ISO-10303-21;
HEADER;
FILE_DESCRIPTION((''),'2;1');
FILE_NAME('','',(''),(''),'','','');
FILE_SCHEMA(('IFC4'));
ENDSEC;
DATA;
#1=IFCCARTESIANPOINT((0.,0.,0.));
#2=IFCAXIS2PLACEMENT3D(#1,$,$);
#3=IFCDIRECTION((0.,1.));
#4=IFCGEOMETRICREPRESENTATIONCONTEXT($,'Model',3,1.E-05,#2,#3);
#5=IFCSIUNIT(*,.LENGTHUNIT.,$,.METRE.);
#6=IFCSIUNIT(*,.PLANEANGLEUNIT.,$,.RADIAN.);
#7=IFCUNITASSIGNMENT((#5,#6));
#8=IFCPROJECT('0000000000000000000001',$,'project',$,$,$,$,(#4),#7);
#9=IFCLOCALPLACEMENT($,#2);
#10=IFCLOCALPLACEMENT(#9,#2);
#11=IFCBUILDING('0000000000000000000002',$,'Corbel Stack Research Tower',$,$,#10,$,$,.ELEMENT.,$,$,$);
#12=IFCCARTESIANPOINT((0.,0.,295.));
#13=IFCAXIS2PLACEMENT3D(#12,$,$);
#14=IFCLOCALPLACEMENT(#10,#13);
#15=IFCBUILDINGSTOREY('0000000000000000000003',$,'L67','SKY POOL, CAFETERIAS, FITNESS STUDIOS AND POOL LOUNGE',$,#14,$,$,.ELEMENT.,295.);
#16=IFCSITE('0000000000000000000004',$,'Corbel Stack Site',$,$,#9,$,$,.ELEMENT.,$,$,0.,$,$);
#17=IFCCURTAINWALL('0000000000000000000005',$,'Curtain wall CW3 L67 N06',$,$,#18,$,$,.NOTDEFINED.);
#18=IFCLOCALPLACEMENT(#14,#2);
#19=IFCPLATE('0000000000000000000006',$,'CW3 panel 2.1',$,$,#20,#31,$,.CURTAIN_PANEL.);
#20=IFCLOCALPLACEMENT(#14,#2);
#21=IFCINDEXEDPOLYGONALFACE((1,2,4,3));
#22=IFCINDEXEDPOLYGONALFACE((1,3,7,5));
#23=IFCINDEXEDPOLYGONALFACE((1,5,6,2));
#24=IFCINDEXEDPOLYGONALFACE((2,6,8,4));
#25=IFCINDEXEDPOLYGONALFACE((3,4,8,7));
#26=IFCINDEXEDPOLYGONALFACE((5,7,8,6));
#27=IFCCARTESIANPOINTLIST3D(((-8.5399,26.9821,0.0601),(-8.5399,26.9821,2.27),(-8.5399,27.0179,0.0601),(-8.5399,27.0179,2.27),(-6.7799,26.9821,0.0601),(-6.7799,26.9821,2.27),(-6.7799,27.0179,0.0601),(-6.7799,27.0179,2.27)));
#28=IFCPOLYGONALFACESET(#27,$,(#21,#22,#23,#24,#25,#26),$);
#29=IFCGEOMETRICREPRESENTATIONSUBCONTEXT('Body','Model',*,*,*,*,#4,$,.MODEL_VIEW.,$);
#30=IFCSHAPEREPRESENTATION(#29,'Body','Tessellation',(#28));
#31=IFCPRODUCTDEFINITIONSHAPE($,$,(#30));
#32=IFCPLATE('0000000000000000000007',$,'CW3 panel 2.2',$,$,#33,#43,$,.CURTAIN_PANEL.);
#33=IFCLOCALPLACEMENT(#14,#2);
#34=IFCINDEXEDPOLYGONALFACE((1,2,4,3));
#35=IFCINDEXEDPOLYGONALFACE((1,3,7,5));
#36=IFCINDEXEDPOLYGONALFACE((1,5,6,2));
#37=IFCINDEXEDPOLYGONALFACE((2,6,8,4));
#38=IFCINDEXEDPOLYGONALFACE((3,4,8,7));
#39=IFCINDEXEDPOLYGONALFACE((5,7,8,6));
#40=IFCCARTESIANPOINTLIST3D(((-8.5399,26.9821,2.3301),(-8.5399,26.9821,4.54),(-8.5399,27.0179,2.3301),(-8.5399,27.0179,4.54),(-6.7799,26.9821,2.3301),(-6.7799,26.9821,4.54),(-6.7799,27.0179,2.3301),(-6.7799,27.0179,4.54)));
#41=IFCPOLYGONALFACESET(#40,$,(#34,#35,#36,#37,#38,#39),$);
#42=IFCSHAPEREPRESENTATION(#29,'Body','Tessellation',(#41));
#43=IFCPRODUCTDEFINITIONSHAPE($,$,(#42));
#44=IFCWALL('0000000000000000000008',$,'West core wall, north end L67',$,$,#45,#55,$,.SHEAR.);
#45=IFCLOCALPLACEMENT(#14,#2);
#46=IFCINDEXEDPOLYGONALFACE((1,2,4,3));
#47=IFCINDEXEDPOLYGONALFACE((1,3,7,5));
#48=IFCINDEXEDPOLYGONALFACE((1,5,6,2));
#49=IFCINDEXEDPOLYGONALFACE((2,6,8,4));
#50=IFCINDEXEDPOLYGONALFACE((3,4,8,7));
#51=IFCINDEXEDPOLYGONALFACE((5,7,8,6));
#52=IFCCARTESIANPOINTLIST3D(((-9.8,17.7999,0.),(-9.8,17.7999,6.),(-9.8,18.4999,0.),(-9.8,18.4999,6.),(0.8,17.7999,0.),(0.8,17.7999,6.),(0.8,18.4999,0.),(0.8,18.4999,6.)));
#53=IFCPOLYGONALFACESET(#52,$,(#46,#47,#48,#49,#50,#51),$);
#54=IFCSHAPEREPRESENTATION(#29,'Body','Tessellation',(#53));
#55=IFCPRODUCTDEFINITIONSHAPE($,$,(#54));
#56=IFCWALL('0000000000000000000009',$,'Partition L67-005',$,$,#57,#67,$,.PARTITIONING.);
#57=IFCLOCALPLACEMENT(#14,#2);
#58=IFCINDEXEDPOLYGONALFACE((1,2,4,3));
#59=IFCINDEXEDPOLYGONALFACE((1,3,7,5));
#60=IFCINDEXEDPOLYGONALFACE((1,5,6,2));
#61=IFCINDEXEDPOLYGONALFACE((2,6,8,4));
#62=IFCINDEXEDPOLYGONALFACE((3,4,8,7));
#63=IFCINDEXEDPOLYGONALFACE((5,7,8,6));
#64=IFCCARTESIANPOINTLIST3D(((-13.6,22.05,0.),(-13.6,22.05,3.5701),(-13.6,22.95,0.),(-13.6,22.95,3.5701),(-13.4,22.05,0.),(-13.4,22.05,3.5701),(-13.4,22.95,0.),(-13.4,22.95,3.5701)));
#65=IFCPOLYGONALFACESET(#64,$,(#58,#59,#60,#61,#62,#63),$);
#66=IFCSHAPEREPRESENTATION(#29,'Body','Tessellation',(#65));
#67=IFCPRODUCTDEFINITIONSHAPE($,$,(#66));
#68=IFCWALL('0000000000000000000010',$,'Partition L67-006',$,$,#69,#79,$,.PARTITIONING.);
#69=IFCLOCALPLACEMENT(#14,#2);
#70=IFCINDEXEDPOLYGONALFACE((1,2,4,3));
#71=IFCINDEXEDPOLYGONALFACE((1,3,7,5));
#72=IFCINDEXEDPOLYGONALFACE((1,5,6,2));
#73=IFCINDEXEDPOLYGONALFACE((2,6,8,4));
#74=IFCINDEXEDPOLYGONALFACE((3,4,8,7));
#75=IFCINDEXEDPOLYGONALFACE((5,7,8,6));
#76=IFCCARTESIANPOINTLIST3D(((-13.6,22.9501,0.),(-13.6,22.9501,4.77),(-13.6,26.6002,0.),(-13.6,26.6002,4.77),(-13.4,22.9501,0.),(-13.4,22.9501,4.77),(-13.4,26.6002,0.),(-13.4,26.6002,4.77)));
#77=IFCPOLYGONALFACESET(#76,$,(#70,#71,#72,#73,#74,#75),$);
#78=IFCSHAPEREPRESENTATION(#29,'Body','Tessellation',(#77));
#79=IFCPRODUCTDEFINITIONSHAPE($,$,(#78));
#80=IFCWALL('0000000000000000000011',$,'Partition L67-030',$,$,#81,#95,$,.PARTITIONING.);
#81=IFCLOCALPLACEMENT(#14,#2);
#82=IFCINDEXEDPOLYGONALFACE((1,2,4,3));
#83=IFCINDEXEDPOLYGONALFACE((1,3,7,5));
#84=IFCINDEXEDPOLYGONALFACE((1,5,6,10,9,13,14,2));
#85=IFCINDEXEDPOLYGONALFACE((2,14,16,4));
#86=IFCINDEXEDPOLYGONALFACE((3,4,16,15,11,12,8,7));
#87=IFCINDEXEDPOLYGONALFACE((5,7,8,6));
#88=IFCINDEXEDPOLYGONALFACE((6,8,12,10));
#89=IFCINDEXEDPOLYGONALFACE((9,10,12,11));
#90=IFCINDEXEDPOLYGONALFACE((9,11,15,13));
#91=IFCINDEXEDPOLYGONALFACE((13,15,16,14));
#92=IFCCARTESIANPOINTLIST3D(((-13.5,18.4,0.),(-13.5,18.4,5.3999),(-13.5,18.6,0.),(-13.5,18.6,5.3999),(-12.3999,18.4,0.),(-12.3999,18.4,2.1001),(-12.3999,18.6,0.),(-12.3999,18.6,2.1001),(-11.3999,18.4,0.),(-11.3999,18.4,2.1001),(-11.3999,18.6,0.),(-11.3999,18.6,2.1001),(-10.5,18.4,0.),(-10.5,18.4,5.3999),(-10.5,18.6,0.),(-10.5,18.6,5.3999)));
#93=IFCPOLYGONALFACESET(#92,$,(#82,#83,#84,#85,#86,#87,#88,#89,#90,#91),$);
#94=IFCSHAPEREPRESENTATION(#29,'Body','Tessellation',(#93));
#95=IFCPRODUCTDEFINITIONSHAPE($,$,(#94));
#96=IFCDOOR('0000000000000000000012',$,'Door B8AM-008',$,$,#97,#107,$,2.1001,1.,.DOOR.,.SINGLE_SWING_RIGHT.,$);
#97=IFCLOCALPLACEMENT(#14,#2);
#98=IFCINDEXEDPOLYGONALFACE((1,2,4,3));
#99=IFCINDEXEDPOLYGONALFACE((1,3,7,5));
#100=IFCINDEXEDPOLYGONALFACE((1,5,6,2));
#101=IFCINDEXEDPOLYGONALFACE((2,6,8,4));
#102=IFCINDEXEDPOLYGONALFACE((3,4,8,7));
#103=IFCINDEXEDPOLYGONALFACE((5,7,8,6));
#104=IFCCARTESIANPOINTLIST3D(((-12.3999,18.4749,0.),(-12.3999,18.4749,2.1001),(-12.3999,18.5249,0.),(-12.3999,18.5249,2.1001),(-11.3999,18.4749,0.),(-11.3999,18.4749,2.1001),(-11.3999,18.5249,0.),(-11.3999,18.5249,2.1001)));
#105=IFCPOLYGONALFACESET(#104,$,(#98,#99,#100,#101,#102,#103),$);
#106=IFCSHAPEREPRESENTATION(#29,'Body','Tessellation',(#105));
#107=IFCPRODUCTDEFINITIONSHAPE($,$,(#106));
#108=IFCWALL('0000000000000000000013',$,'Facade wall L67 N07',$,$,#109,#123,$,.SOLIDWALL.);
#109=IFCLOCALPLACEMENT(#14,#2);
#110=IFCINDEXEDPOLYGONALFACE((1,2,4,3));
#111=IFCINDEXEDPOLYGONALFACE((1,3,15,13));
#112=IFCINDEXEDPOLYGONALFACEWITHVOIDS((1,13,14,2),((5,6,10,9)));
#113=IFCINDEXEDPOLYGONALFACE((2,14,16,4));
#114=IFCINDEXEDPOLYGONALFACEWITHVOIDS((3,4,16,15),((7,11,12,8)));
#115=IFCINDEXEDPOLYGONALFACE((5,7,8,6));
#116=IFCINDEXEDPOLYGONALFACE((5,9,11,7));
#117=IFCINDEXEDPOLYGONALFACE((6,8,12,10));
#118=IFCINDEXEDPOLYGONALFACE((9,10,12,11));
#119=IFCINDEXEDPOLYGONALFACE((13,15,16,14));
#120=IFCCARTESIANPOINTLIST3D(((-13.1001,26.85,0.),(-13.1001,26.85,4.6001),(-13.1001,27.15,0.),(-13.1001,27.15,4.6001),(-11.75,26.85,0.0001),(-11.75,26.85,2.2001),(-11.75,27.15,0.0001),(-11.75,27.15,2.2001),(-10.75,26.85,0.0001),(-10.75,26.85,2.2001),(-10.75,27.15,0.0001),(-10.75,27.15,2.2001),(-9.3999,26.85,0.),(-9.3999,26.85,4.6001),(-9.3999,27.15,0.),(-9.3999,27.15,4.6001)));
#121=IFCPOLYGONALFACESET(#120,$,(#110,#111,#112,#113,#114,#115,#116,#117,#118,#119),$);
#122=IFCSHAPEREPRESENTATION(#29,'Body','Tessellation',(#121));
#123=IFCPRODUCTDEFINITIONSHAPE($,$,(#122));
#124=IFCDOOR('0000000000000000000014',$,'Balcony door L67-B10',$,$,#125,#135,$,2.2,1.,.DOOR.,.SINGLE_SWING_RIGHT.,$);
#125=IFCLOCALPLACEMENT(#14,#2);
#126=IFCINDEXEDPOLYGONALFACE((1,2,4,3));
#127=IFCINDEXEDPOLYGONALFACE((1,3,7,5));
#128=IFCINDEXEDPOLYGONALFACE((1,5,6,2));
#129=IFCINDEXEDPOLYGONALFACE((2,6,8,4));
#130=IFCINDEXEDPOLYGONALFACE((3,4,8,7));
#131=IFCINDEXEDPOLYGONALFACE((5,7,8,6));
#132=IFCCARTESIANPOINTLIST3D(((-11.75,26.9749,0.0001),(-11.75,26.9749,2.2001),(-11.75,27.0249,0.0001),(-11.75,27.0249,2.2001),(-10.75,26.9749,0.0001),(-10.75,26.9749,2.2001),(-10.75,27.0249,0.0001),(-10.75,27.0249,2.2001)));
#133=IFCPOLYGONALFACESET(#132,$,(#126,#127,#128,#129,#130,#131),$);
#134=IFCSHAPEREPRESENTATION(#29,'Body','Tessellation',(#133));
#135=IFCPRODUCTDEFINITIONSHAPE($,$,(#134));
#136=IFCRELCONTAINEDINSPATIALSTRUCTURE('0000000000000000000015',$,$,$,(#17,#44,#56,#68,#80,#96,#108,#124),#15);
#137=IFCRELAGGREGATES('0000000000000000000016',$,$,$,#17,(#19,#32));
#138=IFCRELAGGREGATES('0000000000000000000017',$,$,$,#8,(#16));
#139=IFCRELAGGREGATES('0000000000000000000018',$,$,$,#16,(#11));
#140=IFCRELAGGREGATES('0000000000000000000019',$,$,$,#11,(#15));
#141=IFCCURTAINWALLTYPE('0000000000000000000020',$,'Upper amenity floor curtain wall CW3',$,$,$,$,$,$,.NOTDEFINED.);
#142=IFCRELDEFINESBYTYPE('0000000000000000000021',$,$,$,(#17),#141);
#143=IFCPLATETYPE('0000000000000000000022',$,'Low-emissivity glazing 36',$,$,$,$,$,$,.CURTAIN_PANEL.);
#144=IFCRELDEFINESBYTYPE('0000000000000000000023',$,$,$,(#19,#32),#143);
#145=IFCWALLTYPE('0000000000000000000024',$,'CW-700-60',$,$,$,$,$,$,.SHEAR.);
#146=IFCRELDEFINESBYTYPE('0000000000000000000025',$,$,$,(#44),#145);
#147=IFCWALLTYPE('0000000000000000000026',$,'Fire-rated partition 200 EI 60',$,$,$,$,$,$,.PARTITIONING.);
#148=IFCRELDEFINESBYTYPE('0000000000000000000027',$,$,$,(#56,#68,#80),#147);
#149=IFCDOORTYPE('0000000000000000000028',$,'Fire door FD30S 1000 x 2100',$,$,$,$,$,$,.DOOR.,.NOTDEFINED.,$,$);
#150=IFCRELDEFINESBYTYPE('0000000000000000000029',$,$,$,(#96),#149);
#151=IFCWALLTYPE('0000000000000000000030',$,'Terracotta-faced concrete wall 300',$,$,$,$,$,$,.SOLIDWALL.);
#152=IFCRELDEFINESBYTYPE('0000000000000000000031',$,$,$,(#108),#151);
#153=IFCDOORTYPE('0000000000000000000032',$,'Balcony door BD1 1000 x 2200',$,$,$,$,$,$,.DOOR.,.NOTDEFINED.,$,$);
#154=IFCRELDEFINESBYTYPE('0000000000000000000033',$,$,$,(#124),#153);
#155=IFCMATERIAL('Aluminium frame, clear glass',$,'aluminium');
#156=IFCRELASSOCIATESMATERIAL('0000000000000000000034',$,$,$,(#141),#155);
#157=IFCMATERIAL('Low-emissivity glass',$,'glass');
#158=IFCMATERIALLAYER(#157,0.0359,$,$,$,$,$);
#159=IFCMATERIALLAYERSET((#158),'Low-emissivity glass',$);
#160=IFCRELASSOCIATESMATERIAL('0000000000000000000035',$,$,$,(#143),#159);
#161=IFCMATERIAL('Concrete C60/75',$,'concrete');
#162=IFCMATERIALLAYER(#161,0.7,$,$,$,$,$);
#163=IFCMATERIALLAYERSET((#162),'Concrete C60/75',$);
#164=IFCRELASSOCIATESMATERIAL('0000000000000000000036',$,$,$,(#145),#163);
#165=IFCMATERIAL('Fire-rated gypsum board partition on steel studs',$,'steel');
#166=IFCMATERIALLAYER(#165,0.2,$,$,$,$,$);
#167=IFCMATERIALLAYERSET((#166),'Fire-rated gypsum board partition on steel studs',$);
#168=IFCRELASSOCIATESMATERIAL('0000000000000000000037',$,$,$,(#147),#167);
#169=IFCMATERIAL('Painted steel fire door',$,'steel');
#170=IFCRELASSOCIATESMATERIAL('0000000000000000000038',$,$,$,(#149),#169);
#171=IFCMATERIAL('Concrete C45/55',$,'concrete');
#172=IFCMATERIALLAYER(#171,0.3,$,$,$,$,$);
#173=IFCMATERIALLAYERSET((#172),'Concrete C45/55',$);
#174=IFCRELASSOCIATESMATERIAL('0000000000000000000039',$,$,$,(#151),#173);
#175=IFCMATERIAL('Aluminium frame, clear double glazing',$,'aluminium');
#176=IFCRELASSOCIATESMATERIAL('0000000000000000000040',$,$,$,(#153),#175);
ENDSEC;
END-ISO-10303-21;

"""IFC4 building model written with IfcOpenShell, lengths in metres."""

from ifc_helpers import new_model, si_unit, direction, frame, frame_2d, origin, origin_2d, place, context, subcontext, project, spatial, rectangle, extrude, material, layer, layer_set, type_object, element, fill, aggregate, save


model = new_model("IFC4")

# Units and contexts
model_context = context("Model", 3, precision=1e-05, world=origin(), true_north=direction((0.0, 1.0)))
body_context = subcontext(model_context, "Body", "Model", "MODEL_VIEW")
ifc_project = project(units=[si_unit("LENGTHUNIT", "METRE"), si_unit("PLANEANGLEUNIT", "RADIAN")], contexts=[model_context])

# Site, building, storey
site_placement = place(None, origin())
site = spatial("IfcSite", under=ifc_project, at=site_placement, Name="Corbel Stack Site", CompositionType="ELEMENT", RefElevation=0.0)
building_placement = place(site_placement, origin())
building = spatial("IfcBuilding", under=site, at=building_placement, Name="Corbel Stack Research Tower", CompositionType="ELEMENT")
storey_placement = place(building_placement, frame((0.0, 0.0, 295.0)))
storey = spatial("IfcBuildingStorey", under=building, at=storey_placement, Name="L67", Description="SKY POOL, CAFETERIAS, FITNESS STUDIOS AND POOL LOUNGE", CompositionType="ELEMENT", Elevation=295.0)

# Curtain wall
ifc_material_1 = material(Name="Aluminium frame, clear glass", Category="aluminium")
curtain_wall_type = type_object("IfcCurtainWallType", Name="Upper amenity floor curtain wall CW3", PredefinedType="NOTDEFINED", material=ifc_material_1)
curtain_wall_placement = place(storey_placement, origin())
curtain_wall = element("IfcCurtainWall", 1, at=curtain_wall_placement, inside=storey, type_object=curtain_wall_type, Name="Curtain wall CW3 L67 N06", PredefinedType="NOTDEFINED")

# Plates
ifc_material_2 = material(Name="Low-emissivity glass", Category="glass")
ifc_layer_1 = layer(ifc_material_2, 0.0359)
ifc_layer_set_1 = layer_set([ifc_layer_1], Name="Low-emissivity glass")
plate_type = type_object("IfcPlateType", Name="Low-emissivity glazing 36", PredefinedType="CURTAIN_PANEL", material=ifc_layer_set_1)
plate_1_placement = place(storey_placement, frame((-7.6599, 27.0, 0.0601), z_axis=(0.0, 0.0, 1.0), x_axis=(-1.0, 0.0, 0.0)))
plate_1 = element("IfcPlate", 2, at=plate_1_placement, type_object=plate_type, Name="CW3 panel 2.1", PredefinedType="CURTAIN_PANEL", context=body_context, shape_type="SweptSolid", body=[
    extrude(rectangle(XDim=1.76, YDim=0.0359, at=origin_2d()), origin(), (0.0, 0.0, 1.0), 2.21),
])
plate_2_placement = place(storey_placement, frame((-7.6599, 27.0, 2.3301), z_axis=(0.0, 0.0, 1.0), x_axis=(-1.0, 0.0, 0.0)))
plate_2 = element("IfcPlate", 3, at=plate_2_placement, type_object=plate_type, Name="CW3 panel 2.2", PredefinedType="CURTAIN_PANEL", context=body_context, shape_type="SweptSolid", body=[
    extrude(rectangle(XDim=1.76, YDim=0.0359, at=origin_2d()), origin(), (0.0, 0.0, 1.0), 2.21),
])
aggregate(curtain_wall, [plate_1, plate_2])

# Walls
ifc_material_3 = material(Name="Concrete C60/75", Category="concrete")
ifc_layer_2 = layer(ifc_material_3, 0.7)
ifc_layer_set_2 = layer_set([ifc_layer_2], Name="Concrete C60/75")
wall_type_1 = type_object("IfcWallType", Name="CW-700-60", PredefinedType="SHEAR", material=ifc_layer_set_2)
wall_1_placement = place(storey_placement, frame((-9.8, 18.1499, 0.0), z_axis=(0.0, 0.0, 1.0), x_axis=(1.0, 0.0, 0.0)))
element("IfcWall", 4, at=wall_1_placement, inside=storey, type_object=wall_type_1, Name="West core wall, north end L67", PredefinedType="SHEAR", context=body_context, shape_type="SweptSolid", body=[
    extrude(rectangle(XDim=10.6001, YDim=0.7, at=frame_2d((5.3, 0.0))), origin(), (0.0, 0.0, 1.0), 6.0),
])
ifc_material_4 = material(Name="Fire-rated gypsum board partition on steel studs", Category="steel")
ifc_layer_3 = layer(ifc_material_4, 0.2)
ifc_layer_set_3 = layer_set([ifc_layer_3], Name="Fire-rated gypsum board partition on steel studs")
wall_type_2 = type_object("IfcWallType", Name="Fire-rated partition 200 EI 60", PredefinedType="PARTITIONING", material=ifc_layer_set_3)
wall_2_placement = place(storey_placement, frame((-13.5, 22.05, 0.0), z_axis=(0.0, 0.0, 1.0), x_axis=(0.0, 1.0, 0.0)))
element("IfcWall", 5, at=wall_2_placement, inside=storey, type_object=wall_type_2, Name="Partition L67-005", PredefinedType="PARTITIONING", context=body_context, shape_type="SweptSolid", body=[
    extrude(rectangle(XDim=0.8999, YDim=0.2, at=frame_2d((0.45, 0.0))), origin(), (0.0, 0.0, 1.0), 3.5701),
])
wall_3_placement = place(storey_placement, frame((-13.5, 22.95, 0.0), z_axis=(0.0, 0.0, 1.0), x_axis=(0.0, 1.0, 0.0)))
element("IfcWall", 6, at=wall_3_placement, inside=storey, type_object=wall_type_2, Name="Partition L67-006", PredefinedType="PARTITIONING", context=body_context, shape_type="SweptSolid", body=[
    extrude(rectangle(XDim=3.6501, YDim=0.2, at=frame_2d((1.8252, 0.0))), origin(), (0.0, 0.0, 1.0), 4.77),
])

# Walls, openings, doors
wall_4_placement = place(storey_placement, frame((-13.5, 18.5, 0.0), z_axis=(0.0, 0.0, 1.0), x_axis=(1.0, 0.0, 0.0)))
wall_4 = element("IfcWall", 7, at=wall_4_placement, inside=storey, type_object=wall_type_2, Name="Partition L67-030", PredefinedType="PARTITIONING", context=body_context, shape_type="SweptSolid", body=[
    extrude(rectangle(XDim=3.0, YDim=0.2, at=frame_2d((1.5, 0.0))), origin(), (0.0, 0.0, 1.0), 5.3999),
])
opening_1_placement = place(wall_4_placement, frame((1.1001, 0.0, 0.0)))
opening_1 = element("IfcOpeningElement", 8, at=opening_1_placement, cuts=wall_4, PredefinedType="OPENING", context=body_context, shape_type="SweptSolid", body=[
    extrude(rectangle(XDim=1.0, YDim=2.1001, at=frame_2d((0.5, 1.05))), frame((0.0, 0.1099, 0.0), z_axis=(0.0, -1.0, 0.0), x_axis=(1.0, 0.0, 0.0)), (0.0, 0.0, 1.0), 0.22),
])
ifc_material_5 = material(Name="Painted steel fire door", Category="steel")
door_type_1 = type_object("IfcDoorType", Name="Fire door FD30S 1000 x 2100", OperationType="NOTDEFINED", PredefinedType="DOOR", material=ifc_material_5)
door_1_placement = place(opening_1_placement, origin())
door_1 = element("IfcDoor", 9, at=door_1_placement, inside=storey, type_object=door_type_1, Name="Door B8AM-008", OperationType="SINGLE_SWING_RIGHT", OverallHeight=2.1001, OverallWidth=1.0, PredefinedType="DOOR", context=body_context, shape_type="SweptSolid", body=[
    extrude(rectangle(XDim=1.0, YDim=2.1001, at=frame_2d((0.5, 1.05))), frame((0.0, 0.0249, 0.0), z_axis=(0.0, -1.0, 0.0), x_axis=(1.0, 0.0, 0.0)), (0.0, 0.0, 1.0), 0.05),
])
fill(opening_1, door_1)
ifc_material_6 = material(Name="Concrete C45/55", Category="concrete")
ifc_layer_4 = layer(ifc_material_6, 0.3)
ifc_layer_set_4 = layer_set([ifc_layer_4], Name="Concrete C45/55")
wall_type_3 = type_object("IfcWallType", Name="Terracotta-faced concrete wall 300", PredefinedType="SOLIDWALL", material=ifc_layer_set_4)
wall_5_placement = place(storey_placement, frame((-13.1001, 27.0, 0.0), z_axis=(0.0, 0.0, 1.0), x_axis=(1.0, 0.0, 0.0)))
wall_5 = element("IfcWall", 10, at=wall_5_placement, inside=storey, type_object=wall_type_3, Name="Facade wall L67 N07", PredefinedType="SOLIDWALL", context=body_context, shape_type="SweptSolid", body=[
    extrude(rectangle(XDim=3.7002, YDim=0.3, at=frame_2d((1.8501, 0.0))), origin(), (0.0, 0.0, 1.0), 4.6001),
])
opening_2_placement = place(wall_5_placement, frame((1.3501, 0.0, 0.0)))
opening_2 = element("IfcOpeningElement", 11, at=opening_2_placement, cuts=wall_5, PredefinedType="OPENING", context=body_context, shape_type="SweptSolid", body=[
    extrude(rectangle(XDim=1.0, YDim=2.2, at=frame_2d((0.5, 1.1001))), frame((0.0, 0.1599, 0.0), z_axis=(0.0, -1.0, 0.0), x_axis=(1.0, 0.0, 0.0)), (0.0, 0.0, 1.0), 0.3201),
])
ifc_material_7 = material(Name="Aluminium frame, clear double glazing", Category="aluminium")
door_type_2 = type_object("IfcDoorType", Name="Balcony door BD1 1000 x 2200", OperationType="NOTDEFINED", PredefinedType="DOOR", material=ifc_material_7)
door_2_placement = place(opening_2_placement, origin())
door_2 = element("IfcDoor", 12, at=door_2_placement, inside=storey, type_object=door_type_2, Name="Balcony door L67-B10", OperationType="SINGLE_SWING_RIGHT", OverallHeight=2.2, OverallWidth=1.0, PredefinedType="DOOR", context=body_context, shape_type="SweptSolid", body=[
    extrude(rectangle(XDim=1.0, YDim=2.2, at=frame_2d((0.5, 1.1001))), frame((0.0, 0.0249, 0.0), z_axis=(0.0, -1.0, 0.0), x_axis=(1.0, 0.0, 0.0)), (0.0, 0.0, 1.0), 0.05),
])
fill(opening_2, door_2)

save(model, "model.ifc")
